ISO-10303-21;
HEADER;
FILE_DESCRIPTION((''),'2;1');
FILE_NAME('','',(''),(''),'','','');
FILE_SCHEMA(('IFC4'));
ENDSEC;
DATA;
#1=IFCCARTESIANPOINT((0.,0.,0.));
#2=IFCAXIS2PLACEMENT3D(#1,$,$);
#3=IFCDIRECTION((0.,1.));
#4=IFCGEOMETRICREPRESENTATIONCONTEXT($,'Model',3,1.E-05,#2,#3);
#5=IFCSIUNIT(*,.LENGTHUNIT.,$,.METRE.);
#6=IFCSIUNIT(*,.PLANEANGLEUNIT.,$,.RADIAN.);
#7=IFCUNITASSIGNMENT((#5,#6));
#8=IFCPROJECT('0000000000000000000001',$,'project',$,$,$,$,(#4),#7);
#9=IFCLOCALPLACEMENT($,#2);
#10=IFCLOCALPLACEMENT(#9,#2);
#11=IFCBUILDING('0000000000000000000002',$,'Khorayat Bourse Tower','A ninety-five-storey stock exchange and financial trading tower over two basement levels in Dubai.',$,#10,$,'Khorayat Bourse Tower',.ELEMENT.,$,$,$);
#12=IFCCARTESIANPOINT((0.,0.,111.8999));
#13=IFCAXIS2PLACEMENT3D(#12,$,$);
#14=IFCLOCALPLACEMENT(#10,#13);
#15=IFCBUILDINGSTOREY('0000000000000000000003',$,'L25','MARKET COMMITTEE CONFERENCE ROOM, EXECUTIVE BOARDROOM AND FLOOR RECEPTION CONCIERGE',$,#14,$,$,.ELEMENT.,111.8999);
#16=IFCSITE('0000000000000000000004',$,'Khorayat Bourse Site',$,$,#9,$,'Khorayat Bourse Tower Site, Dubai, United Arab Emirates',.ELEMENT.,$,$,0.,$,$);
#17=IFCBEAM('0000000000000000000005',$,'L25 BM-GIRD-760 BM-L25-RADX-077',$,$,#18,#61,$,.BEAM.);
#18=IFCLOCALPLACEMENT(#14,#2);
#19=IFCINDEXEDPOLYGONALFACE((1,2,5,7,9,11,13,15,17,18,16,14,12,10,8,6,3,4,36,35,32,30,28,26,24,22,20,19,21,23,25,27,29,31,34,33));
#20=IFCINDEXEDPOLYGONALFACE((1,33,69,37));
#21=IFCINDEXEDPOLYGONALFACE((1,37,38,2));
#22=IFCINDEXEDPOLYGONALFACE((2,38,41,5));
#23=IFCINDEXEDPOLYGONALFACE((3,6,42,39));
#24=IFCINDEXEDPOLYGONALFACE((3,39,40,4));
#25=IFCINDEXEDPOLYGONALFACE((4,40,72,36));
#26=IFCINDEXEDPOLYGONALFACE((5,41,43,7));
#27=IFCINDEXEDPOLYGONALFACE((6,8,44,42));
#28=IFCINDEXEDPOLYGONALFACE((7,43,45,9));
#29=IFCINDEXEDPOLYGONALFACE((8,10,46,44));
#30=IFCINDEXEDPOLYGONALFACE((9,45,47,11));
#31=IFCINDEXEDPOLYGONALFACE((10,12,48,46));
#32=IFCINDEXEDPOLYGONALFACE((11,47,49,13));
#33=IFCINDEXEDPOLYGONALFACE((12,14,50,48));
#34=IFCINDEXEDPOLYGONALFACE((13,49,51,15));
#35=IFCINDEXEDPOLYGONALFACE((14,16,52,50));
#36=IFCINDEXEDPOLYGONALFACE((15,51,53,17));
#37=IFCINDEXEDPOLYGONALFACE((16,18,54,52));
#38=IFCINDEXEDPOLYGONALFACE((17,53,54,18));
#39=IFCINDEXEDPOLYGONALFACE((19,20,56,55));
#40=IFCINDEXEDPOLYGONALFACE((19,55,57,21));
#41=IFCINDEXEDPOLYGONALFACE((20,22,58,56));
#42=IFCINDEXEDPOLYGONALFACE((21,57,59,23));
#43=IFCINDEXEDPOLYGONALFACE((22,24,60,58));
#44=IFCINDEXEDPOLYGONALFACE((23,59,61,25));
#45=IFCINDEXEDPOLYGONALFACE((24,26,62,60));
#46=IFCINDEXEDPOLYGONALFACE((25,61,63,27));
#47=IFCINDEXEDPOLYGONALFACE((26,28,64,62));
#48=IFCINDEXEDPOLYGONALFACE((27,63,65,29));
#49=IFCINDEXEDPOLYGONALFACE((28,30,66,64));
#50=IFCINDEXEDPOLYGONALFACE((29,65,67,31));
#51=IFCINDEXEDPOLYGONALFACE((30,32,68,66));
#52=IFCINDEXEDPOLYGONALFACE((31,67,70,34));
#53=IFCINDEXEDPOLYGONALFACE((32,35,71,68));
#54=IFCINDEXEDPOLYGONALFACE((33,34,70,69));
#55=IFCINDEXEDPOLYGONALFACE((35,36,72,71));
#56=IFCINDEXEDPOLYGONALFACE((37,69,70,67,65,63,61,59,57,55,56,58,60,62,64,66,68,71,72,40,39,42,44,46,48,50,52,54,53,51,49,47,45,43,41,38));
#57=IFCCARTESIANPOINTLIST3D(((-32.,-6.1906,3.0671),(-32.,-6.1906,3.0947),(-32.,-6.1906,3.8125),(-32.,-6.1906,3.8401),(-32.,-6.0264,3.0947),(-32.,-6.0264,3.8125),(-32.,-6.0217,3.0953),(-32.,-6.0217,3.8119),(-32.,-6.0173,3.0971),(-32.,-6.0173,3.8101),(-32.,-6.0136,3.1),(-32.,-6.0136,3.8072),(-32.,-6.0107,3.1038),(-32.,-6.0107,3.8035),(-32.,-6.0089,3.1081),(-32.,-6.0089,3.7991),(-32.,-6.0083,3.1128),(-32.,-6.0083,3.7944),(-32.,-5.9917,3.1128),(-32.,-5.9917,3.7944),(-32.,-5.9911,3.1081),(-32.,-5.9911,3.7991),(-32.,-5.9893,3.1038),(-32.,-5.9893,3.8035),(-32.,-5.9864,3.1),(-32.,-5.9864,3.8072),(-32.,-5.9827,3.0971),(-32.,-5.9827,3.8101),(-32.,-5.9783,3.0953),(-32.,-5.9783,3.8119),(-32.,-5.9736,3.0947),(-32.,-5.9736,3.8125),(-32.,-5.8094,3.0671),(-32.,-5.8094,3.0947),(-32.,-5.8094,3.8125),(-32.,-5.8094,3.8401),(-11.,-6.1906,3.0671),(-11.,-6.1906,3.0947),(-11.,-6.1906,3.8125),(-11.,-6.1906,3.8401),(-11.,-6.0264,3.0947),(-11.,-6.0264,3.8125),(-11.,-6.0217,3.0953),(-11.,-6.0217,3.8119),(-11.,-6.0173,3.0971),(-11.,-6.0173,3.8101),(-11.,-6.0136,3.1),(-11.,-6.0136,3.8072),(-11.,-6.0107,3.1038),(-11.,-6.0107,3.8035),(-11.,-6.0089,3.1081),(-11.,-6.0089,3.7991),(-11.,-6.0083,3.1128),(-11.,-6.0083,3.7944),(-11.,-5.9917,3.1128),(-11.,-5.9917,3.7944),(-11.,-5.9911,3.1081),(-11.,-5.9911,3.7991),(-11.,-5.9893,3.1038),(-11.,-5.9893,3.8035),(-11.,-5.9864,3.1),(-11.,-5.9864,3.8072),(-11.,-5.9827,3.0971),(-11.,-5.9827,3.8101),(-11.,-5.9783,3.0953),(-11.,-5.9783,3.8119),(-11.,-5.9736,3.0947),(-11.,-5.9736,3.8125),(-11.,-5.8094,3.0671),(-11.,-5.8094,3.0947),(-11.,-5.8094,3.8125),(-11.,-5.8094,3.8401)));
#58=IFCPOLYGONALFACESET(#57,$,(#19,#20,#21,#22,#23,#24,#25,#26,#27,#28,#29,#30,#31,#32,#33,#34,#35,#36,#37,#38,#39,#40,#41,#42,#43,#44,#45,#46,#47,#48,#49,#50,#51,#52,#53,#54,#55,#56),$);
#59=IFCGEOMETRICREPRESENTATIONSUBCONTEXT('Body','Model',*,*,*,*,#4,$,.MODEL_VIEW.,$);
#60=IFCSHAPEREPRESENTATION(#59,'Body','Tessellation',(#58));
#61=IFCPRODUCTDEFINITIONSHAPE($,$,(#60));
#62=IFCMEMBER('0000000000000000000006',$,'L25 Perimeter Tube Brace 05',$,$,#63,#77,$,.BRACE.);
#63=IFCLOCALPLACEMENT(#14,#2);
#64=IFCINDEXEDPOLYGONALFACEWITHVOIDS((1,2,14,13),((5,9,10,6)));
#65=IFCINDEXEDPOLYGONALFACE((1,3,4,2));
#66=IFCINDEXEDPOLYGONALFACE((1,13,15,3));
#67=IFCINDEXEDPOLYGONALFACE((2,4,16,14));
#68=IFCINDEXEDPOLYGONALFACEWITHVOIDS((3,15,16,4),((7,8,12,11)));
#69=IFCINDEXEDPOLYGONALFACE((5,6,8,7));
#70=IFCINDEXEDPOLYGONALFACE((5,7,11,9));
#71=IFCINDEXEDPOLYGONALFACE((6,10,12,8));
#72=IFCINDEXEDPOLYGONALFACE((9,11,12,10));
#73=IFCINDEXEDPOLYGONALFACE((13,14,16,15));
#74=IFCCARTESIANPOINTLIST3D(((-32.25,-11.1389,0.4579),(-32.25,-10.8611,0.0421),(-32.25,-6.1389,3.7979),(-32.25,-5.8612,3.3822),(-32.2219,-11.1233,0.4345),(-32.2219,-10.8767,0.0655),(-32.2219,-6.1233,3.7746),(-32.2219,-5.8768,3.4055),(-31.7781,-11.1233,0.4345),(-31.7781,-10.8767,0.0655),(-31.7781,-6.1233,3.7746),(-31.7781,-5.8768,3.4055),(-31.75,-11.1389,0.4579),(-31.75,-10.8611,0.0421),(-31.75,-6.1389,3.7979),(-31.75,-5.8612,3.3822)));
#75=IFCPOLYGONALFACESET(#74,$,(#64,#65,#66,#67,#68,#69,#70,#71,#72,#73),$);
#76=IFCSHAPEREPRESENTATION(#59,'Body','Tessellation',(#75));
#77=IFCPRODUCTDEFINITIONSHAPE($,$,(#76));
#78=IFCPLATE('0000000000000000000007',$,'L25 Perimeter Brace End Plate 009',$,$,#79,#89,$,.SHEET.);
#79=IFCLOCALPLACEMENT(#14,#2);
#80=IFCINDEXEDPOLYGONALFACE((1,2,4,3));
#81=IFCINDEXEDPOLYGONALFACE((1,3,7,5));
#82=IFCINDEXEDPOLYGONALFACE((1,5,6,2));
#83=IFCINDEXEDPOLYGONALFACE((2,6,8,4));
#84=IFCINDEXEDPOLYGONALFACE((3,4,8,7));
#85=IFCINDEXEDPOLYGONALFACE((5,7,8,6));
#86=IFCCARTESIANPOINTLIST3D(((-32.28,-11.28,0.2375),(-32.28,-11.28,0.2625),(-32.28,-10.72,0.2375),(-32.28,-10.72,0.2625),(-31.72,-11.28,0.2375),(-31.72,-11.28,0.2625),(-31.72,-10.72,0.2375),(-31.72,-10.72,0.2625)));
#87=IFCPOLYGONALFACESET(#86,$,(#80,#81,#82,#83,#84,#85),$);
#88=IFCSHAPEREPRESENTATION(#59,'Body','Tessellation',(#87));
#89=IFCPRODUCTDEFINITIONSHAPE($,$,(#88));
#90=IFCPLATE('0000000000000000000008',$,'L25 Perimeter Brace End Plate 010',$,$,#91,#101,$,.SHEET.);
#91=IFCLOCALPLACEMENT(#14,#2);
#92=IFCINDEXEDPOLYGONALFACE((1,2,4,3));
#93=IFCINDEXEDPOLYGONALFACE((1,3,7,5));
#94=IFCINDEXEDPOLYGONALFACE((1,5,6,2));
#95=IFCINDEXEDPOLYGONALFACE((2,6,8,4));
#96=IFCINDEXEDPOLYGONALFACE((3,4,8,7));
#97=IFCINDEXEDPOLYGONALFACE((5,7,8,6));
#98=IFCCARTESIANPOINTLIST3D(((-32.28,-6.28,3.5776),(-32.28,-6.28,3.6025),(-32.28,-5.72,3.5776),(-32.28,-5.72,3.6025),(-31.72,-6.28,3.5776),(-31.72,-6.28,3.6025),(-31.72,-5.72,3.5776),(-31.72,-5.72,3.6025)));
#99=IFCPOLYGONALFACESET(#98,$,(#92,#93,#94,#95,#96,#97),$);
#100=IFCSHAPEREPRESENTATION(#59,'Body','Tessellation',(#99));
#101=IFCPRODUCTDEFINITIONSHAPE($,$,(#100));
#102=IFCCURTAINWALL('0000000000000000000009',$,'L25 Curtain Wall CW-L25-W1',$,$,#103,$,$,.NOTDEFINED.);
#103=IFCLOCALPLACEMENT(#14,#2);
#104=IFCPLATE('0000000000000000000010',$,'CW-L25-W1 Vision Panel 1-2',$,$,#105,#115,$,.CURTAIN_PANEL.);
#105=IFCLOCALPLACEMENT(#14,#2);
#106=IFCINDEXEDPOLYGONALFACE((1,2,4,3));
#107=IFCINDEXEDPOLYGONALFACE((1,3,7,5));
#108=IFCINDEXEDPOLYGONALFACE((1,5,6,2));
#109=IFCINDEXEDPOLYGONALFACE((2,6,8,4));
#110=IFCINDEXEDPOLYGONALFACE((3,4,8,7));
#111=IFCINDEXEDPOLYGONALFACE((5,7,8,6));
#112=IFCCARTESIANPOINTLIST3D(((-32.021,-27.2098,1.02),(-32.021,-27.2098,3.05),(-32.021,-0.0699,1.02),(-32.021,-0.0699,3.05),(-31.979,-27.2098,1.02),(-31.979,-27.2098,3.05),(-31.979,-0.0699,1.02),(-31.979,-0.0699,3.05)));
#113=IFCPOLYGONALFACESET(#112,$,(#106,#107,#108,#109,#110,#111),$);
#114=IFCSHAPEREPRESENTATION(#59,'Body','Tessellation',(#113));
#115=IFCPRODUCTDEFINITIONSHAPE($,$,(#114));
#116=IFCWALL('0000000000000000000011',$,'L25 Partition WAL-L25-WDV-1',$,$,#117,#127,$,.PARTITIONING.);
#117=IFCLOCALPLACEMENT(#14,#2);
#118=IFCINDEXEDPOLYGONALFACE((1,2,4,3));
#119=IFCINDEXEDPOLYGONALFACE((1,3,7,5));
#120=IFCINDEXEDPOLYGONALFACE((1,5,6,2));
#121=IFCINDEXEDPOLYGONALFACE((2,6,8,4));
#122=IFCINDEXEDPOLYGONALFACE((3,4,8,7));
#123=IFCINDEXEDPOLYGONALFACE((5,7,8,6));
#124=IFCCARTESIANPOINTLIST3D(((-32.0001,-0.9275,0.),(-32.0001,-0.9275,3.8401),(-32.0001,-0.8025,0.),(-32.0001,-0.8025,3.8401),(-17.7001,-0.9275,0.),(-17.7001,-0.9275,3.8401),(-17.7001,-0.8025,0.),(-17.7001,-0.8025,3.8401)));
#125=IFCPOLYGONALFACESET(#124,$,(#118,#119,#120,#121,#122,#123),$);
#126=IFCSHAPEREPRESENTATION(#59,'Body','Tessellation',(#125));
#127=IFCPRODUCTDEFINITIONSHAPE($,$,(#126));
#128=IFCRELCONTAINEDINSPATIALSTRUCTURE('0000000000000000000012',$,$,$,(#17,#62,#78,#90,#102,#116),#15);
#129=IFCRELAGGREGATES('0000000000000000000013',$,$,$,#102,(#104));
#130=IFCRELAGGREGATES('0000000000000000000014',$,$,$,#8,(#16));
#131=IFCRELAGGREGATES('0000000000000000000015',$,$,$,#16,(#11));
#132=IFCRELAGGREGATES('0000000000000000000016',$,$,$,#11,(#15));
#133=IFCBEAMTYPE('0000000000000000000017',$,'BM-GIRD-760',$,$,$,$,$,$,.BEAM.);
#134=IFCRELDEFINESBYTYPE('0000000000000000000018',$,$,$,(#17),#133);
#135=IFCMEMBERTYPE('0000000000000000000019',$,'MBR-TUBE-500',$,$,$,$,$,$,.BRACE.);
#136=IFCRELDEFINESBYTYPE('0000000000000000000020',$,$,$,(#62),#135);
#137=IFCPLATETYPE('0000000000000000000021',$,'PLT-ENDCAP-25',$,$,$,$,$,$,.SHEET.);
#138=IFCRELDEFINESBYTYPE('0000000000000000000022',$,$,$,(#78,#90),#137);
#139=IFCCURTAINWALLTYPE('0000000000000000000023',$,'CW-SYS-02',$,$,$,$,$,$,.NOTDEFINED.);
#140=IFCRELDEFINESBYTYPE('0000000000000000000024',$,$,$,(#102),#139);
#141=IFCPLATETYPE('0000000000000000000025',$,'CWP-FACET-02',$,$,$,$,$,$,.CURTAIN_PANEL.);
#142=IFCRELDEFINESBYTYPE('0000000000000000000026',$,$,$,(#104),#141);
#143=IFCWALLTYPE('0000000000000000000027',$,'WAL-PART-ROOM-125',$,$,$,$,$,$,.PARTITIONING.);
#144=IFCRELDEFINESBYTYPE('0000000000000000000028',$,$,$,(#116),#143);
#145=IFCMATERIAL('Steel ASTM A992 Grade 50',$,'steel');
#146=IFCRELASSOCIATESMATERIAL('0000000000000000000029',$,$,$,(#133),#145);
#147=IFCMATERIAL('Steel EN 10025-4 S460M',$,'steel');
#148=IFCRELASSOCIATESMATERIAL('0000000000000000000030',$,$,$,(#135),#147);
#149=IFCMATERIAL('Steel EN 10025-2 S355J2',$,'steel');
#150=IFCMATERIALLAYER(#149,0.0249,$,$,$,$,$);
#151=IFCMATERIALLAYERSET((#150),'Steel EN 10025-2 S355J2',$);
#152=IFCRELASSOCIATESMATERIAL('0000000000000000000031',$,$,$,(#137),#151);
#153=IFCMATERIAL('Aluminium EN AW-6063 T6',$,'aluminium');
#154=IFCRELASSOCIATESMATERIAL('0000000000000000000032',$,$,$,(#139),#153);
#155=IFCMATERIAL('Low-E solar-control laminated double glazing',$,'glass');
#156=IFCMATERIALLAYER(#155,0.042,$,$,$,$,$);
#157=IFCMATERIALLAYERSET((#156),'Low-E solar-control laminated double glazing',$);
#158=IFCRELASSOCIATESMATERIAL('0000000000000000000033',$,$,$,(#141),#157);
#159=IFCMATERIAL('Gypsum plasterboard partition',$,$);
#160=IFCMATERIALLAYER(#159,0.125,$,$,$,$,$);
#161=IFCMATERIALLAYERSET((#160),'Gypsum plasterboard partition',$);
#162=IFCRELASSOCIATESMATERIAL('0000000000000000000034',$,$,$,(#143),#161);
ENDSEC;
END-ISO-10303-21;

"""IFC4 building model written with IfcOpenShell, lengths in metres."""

from ifc_helpers import new_model, si_unit, direction, frame, frame_2d, origin, origin_2d, place, context, subcontext, project, spatial, rectangle, hollow_rectangle, i_section, extrude, source, transform, mapped, material, layer, layer_set, material_profile, profile_set, type_object, element, aggregate, save


model = new_model("IFC4")

# Units and contexts
model_context = context("Model", 3, precision=1e-05, world=origin(), true_north=direction((0.0, 1.0)))
body_context = subcontext(model_context, "Body", "Model", "MODEL_VIEW")
ifc_project = project(units=[si_unit("LENGTHUNIT", "METRE"), si_unit("PLANEANGLEUNIT", "RADIAN")], contexts=[model_context])

# Site, building, storey
site_placement = place(None, origin())
site = spatial("IfcSite", under=ifc_project, at=site_placement, Name="Khorayat Bourse Site", LongName="Khorayat Bourse Tower Site, Dubai, United Arab Emirates", CompositionType="ELEMENT", RefElevation=0.0)
building_placement = place(site_placement, origin())
building = spatial("IfcBuilding", under=site, at=building_placement, Name="Khorayat Bourse Tower", Description="A ninety-five-storey stock exchange and financial trading tower over two basement levels in Dubai.", LongName="Khorayat Bourse Tower", CompositionType="ELEMENT")
storey_placement = place(building_placement, frame((0.0, 0.0, 111.8999)))
storey = spatial("IfcBuildingStorey", under=building, at=storey_placement, Name="L25", Description="MARKET COMMITTEE CONFERENCE ROOM, EXECUTIVE BOARDROOM AND FLOOR RECEPTION CONCIERGE", CompositionType="ELEMENT", Elevation=111.8999)

# Shared definitions
ifc_material_1 = material(Name="Steel EN 10025-4 S460M", Category="steel")

# Beam
ifc_material_2 = material(Name="Steel ASTM A992 Grade 50", Category="steel")
ifc_material_profile_1 = material_profile(ifc_material_2, i_section(OverallWidth=0.3811, OverallDepth=0.7729, WebThickness=0.0166, FlangeThickness=0.0276, FilletRadius=0.0181, at=origin_2d()), Name="W760X257")
ifc_profile_set_1 = profile_set([ifc_material_profile_1], Name="Steel ASTM A992 Grade 50")
beam_type_1 = type_object("IfcBeamType", Name="BM-GIRD-760", PredefinedType="BEAM", material=ifc_profile_set_1)
shared_shape_1 = source(origin(), body_context, "Body", "SweptSolid", [
    extrude(i_section(OverallWidth=0.3811, OverallDepth=0.7729, WebThickness=0.0166, FlangeThickness=0.0276, FilletRadius=0.0181, at=origin_2d()), origin(), (0.0, 0.0, 1.0), 21.0),
])
for number, where, z_axis, x_axis, name in (
    (1, (-32.0, -6.0, 3.4536), (1.0, 0.0, 0.0), (0.0, 1.0, 0.0), "L25 BM-GIRD-760 BM-L25-RADX-077"),
):
    element("IfcBeam", number, at=place(storey_placement, frame(where, z_axis=z_axis, x_axis=x_axis)), inside=storey, type_object=beam_type_1, Name=name, PredefinedType="BEAM", context=body_context, shape_type="MappedRepresentation", body=[
        mapped(shared_shape_1, transform((0.0, 0.0, 0.0), scale=1.0)),
    ])

# Member
ifc_material_profile_2 = material_profile(ifc_material_1, hollow_rectangle(XDim=0.5, YDim=0.5, WallThickness=0.0281, at=origin_2d()), Name="HSS 500x500x28")
ifc_profile_set_2 = profile_set([ifc_material_profile_2], Name="Steel EN 10025-4 S460M")
member_type = type_object("IfcMemberType", Name="MBR-TUBE-500", PredefinedType="BRACE", material=ifc_profile_set_2)
shared_shape_2 = source(origin(), body_context, "Body", "SweptSolid", [
    extrude(hollow_rectangle(XDim=0.5, YDim=0.5, WallThickness=0.0281, at=origin_2d()), origin(), (0.0, 0.0, 1.0), 6.0129),
])
member_placement = place(storey_placement, frame((-32.0, -11.0, 0.25), z_axis=(0.0, 0.831531, 0.555478), x_axis=(-1.0, 0.0, 0.0)))
element("IfcMember", 2, at=member_placement, inside=storey, type_object=member_type, Name="L25 Perimeter Tube Brace 05", PredefinedType="BRACE", context=body_context, shape_type="MappedRepresentation", body=[
    mapped(shared_shape_2, transform((0.0, 0.0, 0.0), scale=1.0)),
])

# Plates
ifc_material_3 = material(Name="Steel EN 10025-2 S355J2", Category="steel")
ifc_layer_1 = layer(ifc_material_3, 0.0249)
ifc_layer_set_1 = layer_set([ifc_layer_1], Name="Steel EN 10025-2 S355J2")
plate_type_1 = type_object("IfcPlateType", Name="PLT-ENDCAP-25", PredefinedType="SHEET", material=ifc_layer_set_1)
shared_shape_3 = source(origin(), body_context, "Body", "SweptSolid", [
    extrude(rectangle(XDim=0.5601, YDim=0.5601, at=origin_2d()), origin(), (0.0, 0.0, 1.0), 0.0249),
])
for number, where, z_axis, x_axis, name in (
    (3, (-32.0, -11.0, 0.2375), (0.0, 0.0, 1.0), (1.0, 0.0, 0.0), "L25 Perimeter Brace End Plate 009"),
    (4, (-32.0, -6.0, 3.5776), (0.0, 0.0, 1.0), (1.0, 0.0, 0.0), "L25 Perimeter Brace End Plate 010"),
):
    element("IfcPlate", number, at=place(storey_placement, frame(where, z_axis=z_axis, x_axis=x_axis)), inside=storey, type_object=plate_type_1, Name=name, PredefinedType="SHEET", context=body_context, shape_type="MappedRepresentation", body=[
        mapped(shared_shape_3, transform((0.0, 0.0, 0.0), scale=1.0)),
    ])

# Curtain wall, plate
ifc_material_4 = material(Name="Aluminium EN AW-6063 T6", Category="aluminium")
curtain_wall_type = type_object("IfcCurtainWallType", Name="CW-SYS-02", PredefinedType="NOTDEFINED", material=ifc_material_4)
curtain_wall_placement = place(storey_placement, origin())
curtain_wall = element("IfcCurtainWall", 5, at=curtain_wall_placement, inside=storey, type_object=curtain_wall_type, Name="L25 Curtain Wall CW-L25-W1", PredefinedType="NOTDEFINED")
ifc_material_5 = material(Name="Low-E solar-control laminated double glazing", Category="glass")
ifc_layer_2 = layer(ifc_material_5, 0.042)
ifc_layer_set_2 = layer_set([ifc_layer_2], Name="Low-E solar-control laminated double glazing")
plate_type_2 = type_object("IfcPlateType", Name="CWP-FACET-02", PredefinedType="CURTAIN_PANEL", material=ifc_layer_set_2)
shared_shape_4 = source(origin(), body_context, "Body", "SweptSolid", [
    extrude(rectangle(XDim=27.1399, YDim=0.042, at=origin_2d()), origin(), (0.0, 0.0, 1.0), 2.03),
])
plate_placement = place(storey_placement, frame((-32.0, -13.6399, 1.02), z_axis=(0.0, 0.0, 1.0), x_axis=(0.0, 1.0, 0.0)))
plate = element("IfcPlate", 6, at=plate_placement, type_object=plate_type_2, Name="CW-L25-W1 Vision Panel 1-2", PredefinedType="CURTAIN_PANEL", context=body_context, shape_type="MappedRepresentation", body=[
    mapped(shared_shape_4, transform((0.0, 0.0, 0.0), scale=1.0)),
])
aggregate(curtain_wall, [plate])

# Wall
ifc_material_6 = material(Name="Gypsum plasterboard partition")
ifc_layer_3 = layer(ifc_material_6, 0.125)
ifc_layer_set_3 = layer_set([ifc_layer_3], Name="Gypsum plasterboard partition")
wall_type = type_object("IfcWallType", Name="WAL-PART-ROOM-125", PredefinedType="PARTITIONING", material=ifc_layer_set_3)
shared_shape_5 = source(origin(), body_context, "Body", "SweptSolid", [
    extrude(rectangle(XDim=14.3, YDim=0.125, at=frame_2d((7.1499, 0.0))), origin(), (0.0, 0.0, 1.0), 3.8401),
])
wall_placement = place(storey_placement, frame((-32.0, -0.865, 0.0), z_axis=(0.0, 0.0, 1.0), x_axis=(1.0, 0.0, 0.0)))
element("IfcWall", 7, at=wall_placement, inside=storey, type_object=wall_type, Name="L25 Partition WAL-L25-WDV-1", PredefinedType="PARTITIONING", context=body_context, shape_type="MappedRepresentation", body=[
    mapped(shared_shape_5, transform((0.0, 0.0, 0.0), scale=1.0)),
])

save(model, "model.ifc")
